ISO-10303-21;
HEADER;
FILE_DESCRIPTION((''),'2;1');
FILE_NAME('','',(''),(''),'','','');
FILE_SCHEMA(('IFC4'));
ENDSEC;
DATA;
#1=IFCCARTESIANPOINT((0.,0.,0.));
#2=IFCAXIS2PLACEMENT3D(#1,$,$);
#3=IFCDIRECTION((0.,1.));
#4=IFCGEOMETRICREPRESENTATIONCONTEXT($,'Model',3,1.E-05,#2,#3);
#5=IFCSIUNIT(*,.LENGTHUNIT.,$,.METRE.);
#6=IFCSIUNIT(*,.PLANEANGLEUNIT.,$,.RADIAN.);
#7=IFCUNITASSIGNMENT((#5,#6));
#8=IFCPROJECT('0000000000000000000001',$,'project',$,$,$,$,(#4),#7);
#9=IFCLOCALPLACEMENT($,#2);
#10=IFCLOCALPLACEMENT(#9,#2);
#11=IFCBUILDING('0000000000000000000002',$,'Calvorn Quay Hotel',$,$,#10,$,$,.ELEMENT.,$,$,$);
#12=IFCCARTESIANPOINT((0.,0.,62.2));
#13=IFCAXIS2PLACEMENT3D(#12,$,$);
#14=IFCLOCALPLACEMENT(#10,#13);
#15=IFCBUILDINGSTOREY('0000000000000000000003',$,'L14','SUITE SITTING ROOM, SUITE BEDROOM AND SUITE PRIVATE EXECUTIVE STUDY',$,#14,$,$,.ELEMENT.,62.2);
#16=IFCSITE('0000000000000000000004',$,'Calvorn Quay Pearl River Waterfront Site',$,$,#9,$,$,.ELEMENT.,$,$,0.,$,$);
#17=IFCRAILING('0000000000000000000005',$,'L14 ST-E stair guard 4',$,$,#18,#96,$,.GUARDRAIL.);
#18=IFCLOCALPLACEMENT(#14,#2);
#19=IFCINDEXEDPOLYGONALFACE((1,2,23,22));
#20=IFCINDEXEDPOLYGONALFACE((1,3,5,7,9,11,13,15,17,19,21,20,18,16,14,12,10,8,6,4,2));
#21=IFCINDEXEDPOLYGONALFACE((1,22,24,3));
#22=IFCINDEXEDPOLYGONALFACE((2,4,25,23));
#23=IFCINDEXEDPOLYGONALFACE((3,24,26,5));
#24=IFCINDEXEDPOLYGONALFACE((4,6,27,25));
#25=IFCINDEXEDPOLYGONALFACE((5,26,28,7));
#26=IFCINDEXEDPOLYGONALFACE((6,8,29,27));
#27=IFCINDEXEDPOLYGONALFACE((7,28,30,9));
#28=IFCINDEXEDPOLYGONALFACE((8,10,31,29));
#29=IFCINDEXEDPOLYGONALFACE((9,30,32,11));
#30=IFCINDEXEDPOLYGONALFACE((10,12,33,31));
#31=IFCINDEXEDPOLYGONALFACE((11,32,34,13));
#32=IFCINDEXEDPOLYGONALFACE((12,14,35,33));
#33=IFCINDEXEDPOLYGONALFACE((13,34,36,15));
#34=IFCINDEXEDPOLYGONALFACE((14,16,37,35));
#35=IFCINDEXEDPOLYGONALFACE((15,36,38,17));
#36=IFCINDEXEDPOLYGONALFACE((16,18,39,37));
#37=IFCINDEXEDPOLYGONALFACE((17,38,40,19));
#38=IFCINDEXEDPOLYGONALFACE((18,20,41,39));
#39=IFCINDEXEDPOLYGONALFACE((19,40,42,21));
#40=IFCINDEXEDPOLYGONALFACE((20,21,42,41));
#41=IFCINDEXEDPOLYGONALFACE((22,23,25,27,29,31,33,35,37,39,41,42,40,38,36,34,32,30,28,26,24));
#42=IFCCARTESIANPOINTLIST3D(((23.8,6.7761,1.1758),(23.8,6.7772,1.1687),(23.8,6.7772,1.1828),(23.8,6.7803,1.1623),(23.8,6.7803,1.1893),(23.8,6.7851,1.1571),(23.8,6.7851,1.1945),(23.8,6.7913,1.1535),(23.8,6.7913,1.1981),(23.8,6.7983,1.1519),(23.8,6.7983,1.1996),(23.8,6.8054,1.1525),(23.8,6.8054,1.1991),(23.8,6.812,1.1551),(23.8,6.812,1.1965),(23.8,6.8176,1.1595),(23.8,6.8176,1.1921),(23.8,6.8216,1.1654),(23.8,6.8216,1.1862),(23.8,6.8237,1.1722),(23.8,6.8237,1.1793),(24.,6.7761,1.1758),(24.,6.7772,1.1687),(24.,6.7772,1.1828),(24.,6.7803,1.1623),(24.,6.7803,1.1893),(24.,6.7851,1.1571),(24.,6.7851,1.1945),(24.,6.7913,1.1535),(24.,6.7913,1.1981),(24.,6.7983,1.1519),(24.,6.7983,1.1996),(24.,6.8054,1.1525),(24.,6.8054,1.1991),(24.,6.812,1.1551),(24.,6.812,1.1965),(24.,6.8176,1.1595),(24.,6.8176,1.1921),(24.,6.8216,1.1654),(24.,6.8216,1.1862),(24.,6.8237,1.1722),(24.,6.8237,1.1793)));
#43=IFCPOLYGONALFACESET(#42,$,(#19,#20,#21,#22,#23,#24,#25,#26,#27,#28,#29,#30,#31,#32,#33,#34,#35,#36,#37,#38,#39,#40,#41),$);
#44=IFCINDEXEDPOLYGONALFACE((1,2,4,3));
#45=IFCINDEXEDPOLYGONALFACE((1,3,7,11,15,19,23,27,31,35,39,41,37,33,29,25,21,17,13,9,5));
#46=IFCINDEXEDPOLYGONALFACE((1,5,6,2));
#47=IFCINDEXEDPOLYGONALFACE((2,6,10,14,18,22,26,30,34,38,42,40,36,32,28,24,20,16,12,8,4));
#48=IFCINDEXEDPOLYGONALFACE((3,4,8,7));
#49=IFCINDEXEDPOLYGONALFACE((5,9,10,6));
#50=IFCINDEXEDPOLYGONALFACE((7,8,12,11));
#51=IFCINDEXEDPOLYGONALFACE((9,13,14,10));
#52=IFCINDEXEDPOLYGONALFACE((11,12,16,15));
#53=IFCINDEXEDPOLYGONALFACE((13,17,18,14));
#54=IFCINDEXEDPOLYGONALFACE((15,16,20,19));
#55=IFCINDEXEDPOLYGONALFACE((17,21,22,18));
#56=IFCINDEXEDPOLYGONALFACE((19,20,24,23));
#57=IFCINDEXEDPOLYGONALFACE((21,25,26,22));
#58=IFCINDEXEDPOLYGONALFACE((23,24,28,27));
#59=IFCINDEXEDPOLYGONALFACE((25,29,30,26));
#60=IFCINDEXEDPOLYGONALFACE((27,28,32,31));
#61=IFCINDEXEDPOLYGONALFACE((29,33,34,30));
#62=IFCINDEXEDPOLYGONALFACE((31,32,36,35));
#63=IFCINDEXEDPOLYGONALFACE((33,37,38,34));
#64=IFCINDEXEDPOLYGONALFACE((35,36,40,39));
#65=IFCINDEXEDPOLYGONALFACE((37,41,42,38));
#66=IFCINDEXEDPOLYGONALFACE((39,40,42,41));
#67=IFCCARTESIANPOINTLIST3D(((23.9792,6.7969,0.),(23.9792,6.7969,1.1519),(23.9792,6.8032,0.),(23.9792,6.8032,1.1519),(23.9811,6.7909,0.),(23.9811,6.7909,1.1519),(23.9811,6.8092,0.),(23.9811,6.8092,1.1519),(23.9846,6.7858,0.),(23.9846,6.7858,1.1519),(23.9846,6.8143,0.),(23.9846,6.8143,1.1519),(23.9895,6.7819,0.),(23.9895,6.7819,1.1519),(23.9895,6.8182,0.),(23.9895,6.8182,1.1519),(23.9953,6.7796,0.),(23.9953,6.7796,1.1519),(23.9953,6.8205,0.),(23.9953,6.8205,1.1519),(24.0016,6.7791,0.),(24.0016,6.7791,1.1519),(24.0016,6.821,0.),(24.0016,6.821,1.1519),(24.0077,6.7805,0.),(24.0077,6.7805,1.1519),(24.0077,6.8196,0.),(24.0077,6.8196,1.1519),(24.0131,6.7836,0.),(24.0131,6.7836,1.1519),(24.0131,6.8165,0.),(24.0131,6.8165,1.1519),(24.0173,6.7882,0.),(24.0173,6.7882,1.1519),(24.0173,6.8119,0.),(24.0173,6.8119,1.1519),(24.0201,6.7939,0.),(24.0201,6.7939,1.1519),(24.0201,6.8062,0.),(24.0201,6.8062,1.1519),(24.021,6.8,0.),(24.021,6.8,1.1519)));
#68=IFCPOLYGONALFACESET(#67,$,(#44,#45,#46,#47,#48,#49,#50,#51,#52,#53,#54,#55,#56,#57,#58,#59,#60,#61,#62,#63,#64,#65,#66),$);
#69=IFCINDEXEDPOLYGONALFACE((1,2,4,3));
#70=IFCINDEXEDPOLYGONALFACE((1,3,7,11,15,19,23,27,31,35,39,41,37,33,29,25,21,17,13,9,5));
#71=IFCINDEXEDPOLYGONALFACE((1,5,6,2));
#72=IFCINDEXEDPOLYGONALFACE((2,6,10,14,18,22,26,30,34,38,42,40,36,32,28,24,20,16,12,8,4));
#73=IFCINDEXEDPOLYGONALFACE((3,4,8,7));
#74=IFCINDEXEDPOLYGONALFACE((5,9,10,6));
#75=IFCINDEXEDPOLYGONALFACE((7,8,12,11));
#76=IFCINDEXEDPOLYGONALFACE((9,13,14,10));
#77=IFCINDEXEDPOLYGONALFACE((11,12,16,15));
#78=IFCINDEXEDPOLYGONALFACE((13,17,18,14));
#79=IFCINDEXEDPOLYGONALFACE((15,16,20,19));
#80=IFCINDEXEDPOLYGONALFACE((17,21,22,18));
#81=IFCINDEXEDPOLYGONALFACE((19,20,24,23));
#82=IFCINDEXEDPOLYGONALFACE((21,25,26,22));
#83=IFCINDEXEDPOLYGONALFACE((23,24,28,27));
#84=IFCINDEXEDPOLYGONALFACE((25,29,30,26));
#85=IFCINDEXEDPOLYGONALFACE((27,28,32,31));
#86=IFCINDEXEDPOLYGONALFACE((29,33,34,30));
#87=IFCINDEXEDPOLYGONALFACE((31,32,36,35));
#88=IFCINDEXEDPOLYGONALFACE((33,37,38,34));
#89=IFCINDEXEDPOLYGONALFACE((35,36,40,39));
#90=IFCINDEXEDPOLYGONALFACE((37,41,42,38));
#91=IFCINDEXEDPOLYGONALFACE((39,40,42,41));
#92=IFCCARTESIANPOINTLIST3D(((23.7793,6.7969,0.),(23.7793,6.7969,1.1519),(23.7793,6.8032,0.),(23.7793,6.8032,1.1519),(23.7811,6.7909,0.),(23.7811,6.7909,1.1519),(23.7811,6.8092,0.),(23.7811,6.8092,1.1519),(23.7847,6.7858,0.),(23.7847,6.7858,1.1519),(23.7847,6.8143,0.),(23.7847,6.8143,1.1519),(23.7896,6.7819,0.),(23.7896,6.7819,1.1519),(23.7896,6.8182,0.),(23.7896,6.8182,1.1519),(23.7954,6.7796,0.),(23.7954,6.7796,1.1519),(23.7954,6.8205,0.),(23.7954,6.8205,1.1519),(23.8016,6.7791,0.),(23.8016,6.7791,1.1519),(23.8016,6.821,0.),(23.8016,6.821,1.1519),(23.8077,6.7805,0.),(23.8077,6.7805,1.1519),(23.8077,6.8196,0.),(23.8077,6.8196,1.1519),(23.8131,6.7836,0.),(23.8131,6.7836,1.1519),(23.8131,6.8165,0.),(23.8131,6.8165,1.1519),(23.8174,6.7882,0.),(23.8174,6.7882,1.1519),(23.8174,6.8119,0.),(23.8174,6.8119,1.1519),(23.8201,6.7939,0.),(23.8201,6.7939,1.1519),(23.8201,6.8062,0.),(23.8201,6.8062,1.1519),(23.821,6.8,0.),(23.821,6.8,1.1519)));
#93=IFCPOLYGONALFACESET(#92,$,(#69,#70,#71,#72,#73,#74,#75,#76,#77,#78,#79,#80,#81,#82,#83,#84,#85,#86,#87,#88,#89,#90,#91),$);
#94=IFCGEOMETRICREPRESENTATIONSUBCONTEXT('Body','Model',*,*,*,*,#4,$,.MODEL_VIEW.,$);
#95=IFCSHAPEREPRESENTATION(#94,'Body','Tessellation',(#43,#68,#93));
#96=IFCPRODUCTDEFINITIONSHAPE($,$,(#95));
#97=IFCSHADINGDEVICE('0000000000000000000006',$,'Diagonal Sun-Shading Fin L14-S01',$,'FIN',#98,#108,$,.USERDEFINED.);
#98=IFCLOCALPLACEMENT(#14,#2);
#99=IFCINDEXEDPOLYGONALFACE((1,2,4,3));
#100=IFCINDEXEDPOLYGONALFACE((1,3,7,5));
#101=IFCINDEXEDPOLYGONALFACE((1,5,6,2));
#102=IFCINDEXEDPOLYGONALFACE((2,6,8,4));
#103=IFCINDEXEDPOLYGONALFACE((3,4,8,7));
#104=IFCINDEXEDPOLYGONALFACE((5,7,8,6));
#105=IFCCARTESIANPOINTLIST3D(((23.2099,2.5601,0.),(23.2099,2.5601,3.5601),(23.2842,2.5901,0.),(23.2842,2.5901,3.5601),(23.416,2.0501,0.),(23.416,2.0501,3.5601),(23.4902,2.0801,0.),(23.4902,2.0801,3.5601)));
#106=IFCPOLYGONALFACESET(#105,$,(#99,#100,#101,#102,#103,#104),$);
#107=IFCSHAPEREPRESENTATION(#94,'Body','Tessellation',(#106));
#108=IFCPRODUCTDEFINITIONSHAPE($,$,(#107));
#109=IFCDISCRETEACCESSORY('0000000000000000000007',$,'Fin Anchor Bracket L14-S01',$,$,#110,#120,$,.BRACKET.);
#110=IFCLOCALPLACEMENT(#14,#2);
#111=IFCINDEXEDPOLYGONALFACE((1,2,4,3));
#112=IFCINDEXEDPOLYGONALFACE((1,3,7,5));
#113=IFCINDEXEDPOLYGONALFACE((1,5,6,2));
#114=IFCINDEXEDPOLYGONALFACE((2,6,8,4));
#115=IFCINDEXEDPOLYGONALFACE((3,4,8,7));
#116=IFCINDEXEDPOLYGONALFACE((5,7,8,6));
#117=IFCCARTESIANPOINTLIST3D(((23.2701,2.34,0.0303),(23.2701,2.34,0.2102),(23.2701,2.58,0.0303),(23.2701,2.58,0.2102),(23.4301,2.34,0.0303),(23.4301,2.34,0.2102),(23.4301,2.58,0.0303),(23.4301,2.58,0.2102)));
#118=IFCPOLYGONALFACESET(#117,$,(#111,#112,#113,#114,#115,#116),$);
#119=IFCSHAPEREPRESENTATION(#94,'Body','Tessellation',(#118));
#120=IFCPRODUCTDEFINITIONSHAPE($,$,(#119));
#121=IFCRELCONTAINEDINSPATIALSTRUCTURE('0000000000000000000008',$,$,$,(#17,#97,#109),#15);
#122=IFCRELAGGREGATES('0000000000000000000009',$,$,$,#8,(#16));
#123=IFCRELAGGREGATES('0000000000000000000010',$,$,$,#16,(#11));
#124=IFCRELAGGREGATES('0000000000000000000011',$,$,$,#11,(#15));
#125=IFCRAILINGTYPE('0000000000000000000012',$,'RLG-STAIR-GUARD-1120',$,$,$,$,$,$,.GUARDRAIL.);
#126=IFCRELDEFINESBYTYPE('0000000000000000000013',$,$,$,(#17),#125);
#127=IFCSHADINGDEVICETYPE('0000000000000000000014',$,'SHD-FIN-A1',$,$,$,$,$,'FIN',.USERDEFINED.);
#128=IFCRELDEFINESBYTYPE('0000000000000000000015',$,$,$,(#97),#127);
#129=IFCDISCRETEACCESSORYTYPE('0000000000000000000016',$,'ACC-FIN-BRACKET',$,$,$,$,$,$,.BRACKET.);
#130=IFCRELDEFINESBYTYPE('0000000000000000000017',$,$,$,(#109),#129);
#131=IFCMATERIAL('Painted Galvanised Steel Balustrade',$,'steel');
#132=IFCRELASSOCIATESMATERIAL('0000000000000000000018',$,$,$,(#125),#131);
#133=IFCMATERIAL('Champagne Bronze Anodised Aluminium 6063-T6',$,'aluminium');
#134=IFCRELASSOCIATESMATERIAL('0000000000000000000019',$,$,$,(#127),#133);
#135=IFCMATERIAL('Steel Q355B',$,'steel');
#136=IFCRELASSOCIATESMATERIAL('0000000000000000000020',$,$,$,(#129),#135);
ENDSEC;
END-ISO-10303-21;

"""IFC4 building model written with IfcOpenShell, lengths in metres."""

from ifc_helpers import new_model, si_unit, direction, frame, origin, origin_2d, place, context, subcontext, project, spatial, rectangle, circle, extrude, material, type_object, element, save


model = new_model("IFC4")

# Units and contexts
model_context = context("Model", 3, precision=1e-05, world=origin(), true_north=direction((0.0, 1.0)))
body_context = subcontext(model_context, "Body", "Model", "MODEL_VIEW")
ifc_project = project(units=[si_unit("LENGTHUNIT", "METRE"), si_unit("PLANEANGLEUNIT", "RADIAN")], contexts=[model_context])

# Site, building, storey
site_placement = place(None, origin())
site = spatial("IfcSite", under=ifc_project, at=site_placement, Name="Calvorn Quay Pearl River Waterfront Site", CompositionType="ELEMENT", RefElevation=0.0)
building_placement = place(site_placement, origin())
building = spatial("IfcBuilding", under=site, at=building_placement, Name="Calvorn Quay Hotel", CompositionType="ELEMENT")
storey_placement = place(building_placement, frame((0.0, 0.0, 62.2)))
storey = spatial("IfcBuildingStorey", under=building, at=storey_placement, Name="L14", Description="SUITE SITTING ROOM, SUITE BEDROOM AND SUITE PRIVATE EXECUTIVE STUDY", CompositionType="ELEMENT", Elevation=62.2)

# Railing
ifc_material_1 = material(Name="Painted Galvanised Steel Balustrade", Category="steel")
railing_type_1 = type_object("IfcRailingType", Name="RLG-STAIR-GUARD-1120", PredefinedType="GUARDRAIL", material=ifc_material_1)
railing_1_placement = place(storey_placement, frame((24.0, 6.8, 0.0)))
element("IfcRailing", 1, at=railing_1_placement, inside=storey, type_object=railing_type_1, Name="L14 ST-E stair guard 4", PredefinedType="GUARDRAIL", context=body_context, shape_type="SweptSolid", body=[
    extrude(circle(Radius=0.0239, at=origin_2d()), frame((0.0, 0.0, 1.1758), z_axis=(-1.0, 0.0, 0.0), x_axis=(0.0, -1.0, 0.0)), (0.0, 0.0, 1.0), 0.2),
    extrude(circle(Radius=0.021, at=origin_2d()), origin(), (0.0, 0.0, 1.0), 1.1519),
    extrude(circle(Radius=0.021, at=origin_2d()), frame((-0.2, 0.0, 0.0)), (0.0, 0.0, 1.0), 1.1519),
])

# Shading device
ifc_material_2 = material(Name="Champagne Bronze Anodised Aluminium 6063-T6", Category="aluminium")
shading_device_type = type_object("IfcShadingDeviceType", Name="SHD-FIN-A1", ElementType="FIN", PredefinedType="USERDEFINED", material=ifc_material_2)
shading_device_placement = place(storey_placement, frame((23.3501, 2.3201, 0.0), z_axis=(0.0, 0.0, 1.0), x_axis=(-0.374607, 0.927184, 0.0)))
element("IfcShadingDevice", 2, at=shading_device_placement, inside=storey, type_object=shading_device_type, Name="Diagonal Sun-Shading Fin L14-S01", ObjectType="FIN", PredefinedType="USERDEFINED", context=body_context, shape_type="SweptSolid", body=[
    extrude(rectangle(XDim=0.55, YDim=0.0801, at=origin_2d()), origin(), (0.0, 0.0, 1.0), 3.5601),
])

# Discrete accessory
ifc_material_3 = material(Name="Steel Q355B", Category="steel")
discrete_accessory_type = type_object("IfcDiscreteAccessoryType", Name="ACC-FIN-BRACKET", PredefinedType="BRACKET", material=ifc_material_3)
discrete_accessory_placement = place(storey_placement, frame((23.3501, 2.46, 0.0303), z_axis=(0.0, 0.0, 1.0), x_axis=(0.0, 1.0, 0.0)))
element("IfcDiscreteAccessory", 3, at=discrete_accessory_placement, inside=storey, type_object=discrete_accessory_type, Name="Fin Anchor Bracket L14-S01", PredefinedType="BRACKET", context=body_context, shape_type="SweptSolid", body=[
    extrude(rectangle(XDim=0.24, YDim=0.1599, at=origin_2d()), origin(), (0.0, 0.0, 1.0), 0.1799),
])

save(model, "model.ifc")
